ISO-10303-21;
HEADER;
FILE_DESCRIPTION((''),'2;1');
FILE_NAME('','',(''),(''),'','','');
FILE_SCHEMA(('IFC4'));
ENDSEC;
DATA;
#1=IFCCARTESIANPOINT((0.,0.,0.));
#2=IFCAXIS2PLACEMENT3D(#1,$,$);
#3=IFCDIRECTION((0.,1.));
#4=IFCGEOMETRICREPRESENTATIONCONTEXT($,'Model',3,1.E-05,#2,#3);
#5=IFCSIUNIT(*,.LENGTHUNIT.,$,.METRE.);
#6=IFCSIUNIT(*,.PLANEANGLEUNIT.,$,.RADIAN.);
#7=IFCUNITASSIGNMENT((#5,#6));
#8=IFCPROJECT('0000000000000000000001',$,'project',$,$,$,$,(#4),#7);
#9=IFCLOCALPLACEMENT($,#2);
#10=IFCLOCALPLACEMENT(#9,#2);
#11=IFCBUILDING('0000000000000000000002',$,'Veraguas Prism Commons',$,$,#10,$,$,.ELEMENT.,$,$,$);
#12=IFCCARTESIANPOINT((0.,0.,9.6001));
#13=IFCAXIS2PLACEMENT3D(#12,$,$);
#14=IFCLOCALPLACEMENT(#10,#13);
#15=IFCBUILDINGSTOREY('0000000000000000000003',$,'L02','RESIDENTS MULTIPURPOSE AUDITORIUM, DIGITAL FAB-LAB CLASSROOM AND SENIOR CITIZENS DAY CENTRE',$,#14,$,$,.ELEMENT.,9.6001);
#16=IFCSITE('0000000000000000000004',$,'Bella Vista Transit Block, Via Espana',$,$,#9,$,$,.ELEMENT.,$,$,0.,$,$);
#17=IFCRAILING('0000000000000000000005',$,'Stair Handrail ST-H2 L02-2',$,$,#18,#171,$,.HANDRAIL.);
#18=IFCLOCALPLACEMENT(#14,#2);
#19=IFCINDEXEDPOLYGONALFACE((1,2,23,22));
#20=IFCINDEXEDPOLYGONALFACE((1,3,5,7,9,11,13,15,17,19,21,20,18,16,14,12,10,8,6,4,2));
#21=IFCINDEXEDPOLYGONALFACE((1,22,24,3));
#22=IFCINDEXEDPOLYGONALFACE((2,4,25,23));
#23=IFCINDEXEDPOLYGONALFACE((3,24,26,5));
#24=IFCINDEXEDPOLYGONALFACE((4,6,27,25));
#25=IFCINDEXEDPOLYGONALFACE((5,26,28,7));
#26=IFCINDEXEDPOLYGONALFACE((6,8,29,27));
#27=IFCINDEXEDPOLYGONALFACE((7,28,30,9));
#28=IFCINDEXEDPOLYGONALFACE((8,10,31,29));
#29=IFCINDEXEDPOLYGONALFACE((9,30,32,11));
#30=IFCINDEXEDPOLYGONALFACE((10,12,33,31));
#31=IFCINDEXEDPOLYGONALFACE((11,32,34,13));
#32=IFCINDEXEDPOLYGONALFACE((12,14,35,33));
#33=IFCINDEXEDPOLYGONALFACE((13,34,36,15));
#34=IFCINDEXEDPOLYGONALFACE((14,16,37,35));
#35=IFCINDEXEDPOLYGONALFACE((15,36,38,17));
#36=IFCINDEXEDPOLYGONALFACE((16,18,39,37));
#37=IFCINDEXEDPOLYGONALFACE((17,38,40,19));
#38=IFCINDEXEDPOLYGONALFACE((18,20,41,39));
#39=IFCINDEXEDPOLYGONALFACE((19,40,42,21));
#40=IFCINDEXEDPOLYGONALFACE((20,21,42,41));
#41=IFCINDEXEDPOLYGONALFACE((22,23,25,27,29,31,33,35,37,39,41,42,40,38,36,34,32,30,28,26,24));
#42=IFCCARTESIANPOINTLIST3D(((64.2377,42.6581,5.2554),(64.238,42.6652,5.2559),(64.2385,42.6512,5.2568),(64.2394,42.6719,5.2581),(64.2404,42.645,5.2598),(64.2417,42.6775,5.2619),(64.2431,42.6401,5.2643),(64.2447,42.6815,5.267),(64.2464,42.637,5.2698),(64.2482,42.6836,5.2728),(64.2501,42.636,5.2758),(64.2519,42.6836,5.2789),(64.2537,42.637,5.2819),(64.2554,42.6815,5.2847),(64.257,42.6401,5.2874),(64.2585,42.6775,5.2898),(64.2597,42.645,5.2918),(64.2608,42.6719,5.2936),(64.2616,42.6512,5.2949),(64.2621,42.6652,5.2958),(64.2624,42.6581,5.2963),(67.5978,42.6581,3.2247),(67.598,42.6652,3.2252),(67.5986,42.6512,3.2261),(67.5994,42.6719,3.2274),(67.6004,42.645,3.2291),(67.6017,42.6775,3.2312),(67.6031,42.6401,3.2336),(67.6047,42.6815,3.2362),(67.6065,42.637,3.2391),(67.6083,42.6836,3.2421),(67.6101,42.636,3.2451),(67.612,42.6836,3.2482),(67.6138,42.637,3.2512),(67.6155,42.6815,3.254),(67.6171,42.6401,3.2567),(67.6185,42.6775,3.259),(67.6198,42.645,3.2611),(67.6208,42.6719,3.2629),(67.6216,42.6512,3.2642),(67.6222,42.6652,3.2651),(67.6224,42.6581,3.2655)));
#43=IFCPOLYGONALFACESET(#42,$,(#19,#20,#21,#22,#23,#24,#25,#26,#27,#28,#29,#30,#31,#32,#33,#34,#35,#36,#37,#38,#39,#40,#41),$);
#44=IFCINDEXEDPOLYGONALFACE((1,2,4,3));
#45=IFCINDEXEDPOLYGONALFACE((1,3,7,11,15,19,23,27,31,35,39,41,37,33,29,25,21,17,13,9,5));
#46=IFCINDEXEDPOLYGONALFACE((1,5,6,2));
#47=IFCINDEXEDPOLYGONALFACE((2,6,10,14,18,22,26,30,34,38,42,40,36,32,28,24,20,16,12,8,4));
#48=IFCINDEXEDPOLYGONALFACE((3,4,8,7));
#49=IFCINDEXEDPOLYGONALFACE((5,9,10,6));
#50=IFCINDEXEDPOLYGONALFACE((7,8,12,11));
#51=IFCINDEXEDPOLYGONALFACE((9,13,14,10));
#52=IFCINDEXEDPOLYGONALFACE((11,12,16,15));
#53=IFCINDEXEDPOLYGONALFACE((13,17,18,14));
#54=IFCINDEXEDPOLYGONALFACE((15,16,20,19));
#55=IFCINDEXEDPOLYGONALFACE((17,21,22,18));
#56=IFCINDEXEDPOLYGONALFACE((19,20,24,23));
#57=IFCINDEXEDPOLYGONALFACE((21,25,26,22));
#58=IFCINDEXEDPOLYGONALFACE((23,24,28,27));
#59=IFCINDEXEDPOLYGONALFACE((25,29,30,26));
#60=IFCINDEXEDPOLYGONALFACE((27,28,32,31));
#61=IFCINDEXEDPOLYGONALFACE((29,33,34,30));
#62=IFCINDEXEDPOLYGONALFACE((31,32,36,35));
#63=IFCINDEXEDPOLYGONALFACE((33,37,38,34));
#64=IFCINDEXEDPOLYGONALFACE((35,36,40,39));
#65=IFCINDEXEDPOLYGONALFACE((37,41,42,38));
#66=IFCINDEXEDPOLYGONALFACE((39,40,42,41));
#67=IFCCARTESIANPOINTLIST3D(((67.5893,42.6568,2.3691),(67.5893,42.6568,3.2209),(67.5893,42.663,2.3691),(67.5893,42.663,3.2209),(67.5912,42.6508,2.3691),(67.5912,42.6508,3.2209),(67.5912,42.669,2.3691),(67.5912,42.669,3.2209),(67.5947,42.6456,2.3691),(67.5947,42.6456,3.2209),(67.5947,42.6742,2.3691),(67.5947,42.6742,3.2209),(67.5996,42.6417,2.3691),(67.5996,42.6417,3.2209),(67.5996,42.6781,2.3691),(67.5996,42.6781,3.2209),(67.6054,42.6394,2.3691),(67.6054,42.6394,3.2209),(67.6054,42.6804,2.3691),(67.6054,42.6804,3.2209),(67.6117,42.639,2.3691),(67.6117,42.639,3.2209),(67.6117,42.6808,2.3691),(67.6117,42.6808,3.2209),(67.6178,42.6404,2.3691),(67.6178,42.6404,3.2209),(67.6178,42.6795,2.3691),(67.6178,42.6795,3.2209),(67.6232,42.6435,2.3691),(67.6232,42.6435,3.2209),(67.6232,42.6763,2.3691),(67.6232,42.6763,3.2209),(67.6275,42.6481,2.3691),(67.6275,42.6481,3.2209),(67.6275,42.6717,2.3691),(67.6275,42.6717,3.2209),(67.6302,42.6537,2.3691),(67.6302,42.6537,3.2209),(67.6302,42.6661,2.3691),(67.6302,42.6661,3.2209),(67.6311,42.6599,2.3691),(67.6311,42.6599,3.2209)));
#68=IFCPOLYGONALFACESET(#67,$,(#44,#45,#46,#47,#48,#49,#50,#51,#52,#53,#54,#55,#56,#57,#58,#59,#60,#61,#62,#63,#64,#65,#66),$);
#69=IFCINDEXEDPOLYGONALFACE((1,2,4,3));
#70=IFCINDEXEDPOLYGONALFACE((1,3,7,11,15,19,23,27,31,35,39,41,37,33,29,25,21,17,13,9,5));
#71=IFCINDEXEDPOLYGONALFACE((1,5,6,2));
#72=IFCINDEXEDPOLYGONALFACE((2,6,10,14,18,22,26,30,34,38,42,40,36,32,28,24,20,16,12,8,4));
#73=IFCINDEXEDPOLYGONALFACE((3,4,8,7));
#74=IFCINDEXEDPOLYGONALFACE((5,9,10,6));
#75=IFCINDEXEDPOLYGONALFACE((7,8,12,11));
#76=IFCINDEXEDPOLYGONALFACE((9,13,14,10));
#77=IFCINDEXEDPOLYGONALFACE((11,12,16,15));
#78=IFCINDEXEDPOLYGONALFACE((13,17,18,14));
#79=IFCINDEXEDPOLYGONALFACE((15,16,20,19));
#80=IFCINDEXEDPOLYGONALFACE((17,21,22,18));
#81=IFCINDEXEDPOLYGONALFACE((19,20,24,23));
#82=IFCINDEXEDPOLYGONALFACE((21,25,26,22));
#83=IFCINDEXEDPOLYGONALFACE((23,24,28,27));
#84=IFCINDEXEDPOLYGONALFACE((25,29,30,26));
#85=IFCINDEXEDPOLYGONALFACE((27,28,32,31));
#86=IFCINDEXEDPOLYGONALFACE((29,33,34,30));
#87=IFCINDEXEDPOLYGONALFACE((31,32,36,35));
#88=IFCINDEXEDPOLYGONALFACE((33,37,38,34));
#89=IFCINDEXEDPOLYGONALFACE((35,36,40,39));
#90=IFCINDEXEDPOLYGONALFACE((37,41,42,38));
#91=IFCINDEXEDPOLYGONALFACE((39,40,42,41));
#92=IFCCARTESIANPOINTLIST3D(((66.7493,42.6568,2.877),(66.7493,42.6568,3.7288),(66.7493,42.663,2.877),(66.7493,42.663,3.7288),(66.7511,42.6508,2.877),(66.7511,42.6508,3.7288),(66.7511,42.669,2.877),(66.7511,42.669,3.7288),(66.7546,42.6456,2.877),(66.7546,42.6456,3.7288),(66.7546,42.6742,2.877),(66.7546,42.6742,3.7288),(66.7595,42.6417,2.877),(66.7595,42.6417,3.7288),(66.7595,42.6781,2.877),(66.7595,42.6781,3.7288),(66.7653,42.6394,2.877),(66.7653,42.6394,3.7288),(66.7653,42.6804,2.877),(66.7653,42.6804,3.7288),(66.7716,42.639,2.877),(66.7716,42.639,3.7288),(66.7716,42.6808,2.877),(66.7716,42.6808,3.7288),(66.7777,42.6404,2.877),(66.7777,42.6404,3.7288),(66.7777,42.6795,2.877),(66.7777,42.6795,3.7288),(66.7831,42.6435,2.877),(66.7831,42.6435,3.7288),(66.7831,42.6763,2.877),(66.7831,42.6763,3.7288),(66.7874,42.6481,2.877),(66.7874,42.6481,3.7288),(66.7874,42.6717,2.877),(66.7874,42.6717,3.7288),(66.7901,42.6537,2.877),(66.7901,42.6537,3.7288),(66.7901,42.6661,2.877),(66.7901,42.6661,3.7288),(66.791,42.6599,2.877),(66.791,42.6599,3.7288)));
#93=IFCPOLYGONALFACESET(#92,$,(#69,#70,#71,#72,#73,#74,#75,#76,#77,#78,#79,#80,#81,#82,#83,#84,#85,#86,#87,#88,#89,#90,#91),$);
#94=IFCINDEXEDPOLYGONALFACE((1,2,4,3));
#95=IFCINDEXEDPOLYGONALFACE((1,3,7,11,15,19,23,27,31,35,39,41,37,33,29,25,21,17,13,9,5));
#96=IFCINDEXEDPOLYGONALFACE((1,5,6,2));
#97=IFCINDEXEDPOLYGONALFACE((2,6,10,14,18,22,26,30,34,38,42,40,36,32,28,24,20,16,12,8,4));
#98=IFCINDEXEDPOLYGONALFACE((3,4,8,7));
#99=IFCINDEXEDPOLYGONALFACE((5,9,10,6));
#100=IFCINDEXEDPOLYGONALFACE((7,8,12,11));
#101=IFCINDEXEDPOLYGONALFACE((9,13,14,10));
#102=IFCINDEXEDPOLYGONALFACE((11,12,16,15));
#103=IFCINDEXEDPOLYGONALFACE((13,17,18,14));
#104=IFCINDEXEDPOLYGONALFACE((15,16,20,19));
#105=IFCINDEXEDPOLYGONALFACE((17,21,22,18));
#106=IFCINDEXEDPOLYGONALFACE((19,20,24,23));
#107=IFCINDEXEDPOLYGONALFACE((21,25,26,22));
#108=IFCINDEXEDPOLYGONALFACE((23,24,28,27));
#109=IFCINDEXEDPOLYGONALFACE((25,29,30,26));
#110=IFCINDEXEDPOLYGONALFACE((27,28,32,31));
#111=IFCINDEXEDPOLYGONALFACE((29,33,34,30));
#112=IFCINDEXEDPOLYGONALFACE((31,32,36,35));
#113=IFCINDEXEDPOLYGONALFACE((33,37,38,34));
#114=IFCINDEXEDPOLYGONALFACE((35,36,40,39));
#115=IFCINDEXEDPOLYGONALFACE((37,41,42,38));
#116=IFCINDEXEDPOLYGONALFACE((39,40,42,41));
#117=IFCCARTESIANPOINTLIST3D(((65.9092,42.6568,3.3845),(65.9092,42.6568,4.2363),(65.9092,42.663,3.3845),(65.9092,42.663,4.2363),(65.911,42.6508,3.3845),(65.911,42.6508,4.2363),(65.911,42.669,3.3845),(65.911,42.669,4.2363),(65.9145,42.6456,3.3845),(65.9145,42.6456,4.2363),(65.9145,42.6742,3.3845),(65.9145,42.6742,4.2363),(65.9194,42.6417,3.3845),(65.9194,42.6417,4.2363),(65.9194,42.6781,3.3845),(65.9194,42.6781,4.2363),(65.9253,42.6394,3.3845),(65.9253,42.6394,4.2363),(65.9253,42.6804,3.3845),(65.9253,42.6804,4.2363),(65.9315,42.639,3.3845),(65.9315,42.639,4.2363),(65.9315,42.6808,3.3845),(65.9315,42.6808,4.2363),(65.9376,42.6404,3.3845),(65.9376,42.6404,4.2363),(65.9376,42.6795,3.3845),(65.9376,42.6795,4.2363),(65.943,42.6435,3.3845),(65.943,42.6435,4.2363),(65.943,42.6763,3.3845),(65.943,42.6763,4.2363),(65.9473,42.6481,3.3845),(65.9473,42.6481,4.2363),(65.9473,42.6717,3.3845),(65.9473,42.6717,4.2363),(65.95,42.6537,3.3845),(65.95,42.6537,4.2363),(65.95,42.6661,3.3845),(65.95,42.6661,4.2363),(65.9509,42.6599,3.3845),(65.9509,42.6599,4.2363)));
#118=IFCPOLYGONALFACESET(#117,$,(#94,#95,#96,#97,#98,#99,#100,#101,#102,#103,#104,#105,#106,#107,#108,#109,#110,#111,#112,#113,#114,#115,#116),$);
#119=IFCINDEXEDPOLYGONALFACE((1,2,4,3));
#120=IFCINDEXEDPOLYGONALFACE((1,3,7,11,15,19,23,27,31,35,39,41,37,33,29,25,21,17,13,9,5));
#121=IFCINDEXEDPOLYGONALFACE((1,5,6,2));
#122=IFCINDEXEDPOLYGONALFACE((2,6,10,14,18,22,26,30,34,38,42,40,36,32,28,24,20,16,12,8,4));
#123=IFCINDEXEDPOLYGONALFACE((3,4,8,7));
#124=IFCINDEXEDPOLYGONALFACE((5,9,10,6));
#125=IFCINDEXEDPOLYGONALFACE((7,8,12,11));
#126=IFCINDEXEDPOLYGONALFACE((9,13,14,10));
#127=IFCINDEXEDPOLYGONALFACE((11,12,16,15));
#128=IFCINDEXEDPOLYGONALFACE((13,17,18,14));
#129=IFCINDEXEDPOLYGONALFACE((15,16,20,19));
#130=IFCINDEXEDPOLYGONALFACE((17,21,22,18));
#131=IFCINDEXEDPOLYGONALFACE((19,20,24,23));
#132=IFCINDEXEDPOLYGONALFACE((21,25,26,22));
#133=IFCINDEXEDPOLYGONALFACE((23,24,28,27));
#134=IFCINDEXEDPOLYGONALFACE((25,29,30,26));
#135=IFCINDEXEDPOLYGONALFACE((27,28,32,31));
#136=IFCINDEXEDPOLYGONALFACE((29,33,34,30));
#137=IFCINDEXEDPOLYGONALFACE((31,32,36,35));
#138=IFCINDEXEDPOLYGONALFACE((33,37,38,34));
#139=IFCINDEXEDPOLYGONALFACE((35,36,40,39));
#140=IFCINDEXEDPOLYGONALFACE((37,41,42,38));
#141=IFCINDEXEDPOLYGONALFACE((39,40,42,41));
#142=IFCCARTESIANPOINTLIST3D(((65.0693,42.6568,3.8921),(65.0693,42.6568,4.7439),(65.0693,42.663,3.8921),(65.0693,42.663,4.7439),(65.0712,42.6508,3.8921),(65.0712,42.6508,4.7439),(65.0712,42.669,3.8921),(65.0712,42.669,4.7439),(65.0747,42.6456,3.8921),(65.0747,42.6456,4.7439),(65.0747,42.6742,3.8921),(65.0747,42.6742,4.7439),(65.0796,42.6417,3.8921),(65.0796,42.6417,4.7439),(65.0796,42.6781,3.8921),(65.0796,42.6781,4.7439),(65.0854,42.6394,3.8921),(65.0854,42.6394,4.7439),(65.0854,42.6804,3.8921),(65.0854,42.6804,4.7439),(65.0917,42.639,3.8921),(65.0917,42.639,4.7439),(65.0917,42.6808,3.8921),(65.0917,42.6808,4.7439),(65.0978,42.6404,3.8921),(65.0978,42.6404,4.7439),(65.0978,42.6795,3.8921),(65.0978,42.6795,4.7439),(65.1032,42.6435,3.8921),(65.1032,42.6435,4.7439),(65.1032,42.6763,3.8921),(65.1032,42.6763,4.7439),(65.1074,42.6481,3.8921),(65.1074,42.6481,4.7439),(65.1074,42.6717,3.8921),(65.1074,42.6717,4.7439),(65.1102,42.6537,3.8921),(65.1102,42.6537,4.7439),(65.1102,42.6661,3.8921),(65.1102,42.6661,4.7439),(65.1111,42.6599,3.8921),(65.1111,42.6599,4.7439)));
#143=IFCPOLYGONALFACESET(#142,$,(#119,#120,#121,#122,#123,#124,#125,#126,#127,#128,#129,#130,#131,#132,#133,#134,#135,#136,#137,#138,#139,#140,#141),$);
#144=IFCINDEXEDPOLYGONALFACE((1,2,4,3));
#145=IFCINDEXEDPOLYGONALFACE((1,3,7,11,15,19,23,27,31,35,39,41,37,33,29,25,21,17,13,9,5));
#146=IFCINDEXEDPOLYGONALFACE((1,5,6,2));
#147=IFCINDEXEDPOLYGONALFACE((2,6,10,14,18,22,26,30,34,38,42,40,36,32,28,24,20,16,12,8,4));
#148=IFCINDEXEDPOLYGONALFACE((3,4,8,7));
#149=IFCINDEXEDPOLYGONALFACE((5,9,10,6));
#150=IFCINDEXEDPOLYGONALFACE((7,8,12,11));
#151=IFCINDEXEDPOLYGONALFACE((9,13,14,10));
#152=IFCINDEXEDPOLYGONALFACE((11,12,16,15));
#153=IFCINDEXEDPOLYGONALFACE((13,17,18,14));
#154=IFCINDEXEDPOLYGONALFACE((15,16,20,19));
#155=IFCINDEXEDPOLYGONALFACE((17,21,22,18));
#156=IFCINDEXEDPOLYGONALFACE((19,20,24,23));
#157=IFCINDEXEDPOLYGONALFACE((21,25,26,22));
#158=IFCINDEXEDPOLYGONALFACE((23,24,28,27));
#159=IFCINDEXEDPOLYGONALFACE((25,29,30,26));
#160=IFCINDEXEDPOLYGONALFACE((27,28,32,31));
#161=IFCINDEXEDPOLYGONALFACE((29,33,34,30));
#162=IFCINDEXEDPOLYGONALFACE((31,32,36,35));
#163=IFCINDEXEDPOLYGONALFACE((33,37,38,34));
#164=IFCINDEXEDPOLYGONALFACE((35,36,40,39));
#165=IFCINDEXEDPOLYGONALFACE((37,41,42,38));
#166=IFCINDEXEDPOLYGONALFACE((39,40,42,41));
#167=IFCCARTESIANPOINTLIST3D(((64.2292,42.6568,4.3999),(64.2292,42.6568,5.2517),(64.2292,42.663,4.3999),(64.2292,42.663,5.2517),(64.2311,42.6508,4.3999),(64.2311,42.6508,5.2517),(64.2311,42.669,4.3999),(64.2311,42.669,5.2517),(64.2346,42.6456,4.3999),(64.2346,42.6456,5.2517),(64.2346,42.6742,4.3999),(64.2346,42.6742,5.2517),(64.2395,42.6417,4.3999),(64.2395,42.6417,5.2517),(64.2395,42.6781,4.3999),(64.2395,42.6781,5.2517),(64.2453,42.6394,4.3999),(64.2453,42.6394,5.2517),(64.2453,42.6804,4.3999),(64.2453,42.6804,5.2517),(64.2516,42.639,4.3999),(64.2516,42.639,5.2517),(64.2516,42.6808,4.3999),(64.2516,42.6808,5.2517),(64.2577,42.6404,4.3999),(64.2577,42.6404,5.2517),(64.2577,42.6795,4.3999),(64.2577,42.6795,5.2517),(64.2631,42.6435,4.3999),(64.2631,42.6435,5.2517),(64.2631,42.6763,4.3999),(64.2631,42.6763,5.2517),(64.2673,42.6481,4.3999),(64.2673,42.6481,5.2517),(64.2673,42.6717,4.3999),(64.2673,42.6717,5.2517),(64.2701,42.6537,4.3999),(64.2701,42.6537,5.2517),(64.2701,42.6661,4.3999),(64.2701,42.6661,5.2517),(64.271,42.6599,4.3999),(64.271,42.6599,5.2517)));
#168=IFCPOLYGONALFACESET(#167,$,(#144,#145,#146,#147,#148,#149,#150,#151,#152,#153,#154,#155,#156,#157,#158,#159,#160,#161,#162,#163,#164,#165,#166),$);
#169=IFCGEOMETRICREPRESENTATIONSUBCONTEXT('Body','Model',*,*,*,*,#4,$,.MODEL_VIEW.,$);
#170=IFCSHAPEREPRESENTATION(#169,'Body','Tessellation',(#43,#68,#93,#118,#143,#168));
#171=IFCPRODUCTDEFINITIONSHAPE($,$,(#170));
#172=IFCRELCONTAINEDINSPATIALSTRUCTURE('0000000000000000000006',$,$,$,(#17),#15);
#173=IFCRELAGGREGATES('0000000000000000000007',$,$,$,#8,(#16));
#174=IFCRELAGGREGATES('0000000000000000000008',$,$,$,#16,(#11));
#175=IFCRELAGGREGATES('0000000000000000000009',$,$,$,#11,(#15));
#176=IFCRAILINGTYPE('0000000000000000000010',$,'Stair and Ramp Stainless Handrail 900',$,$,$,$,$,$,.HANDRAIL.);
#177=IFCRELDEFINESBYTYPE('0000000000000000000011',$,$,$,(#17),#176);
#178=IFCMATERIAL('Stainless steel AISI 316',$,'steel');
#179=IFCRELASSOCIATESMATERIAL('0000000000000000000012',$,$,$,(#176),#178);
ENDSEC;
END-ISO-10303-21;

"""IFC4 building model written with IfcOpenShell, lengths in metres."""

from ifc_helpers import new_model, si_unit, direction, frame, origin, origin_2d, place, context, subcontext, project, spatial, circle, extrude, material, type_object, element, save


model = new_model("IFC4")

# Units and contexts
model_context = context("Model", 3, precision=1e-05, world=origin(), true_north=direction((0.0, 1.0)))
body_context = subcontext(model_context, "Body", "Model", "MODEL_VIEW")
ifc_project = project(units=[si_unit("LENGTHUNIT", "METRE"), si_unit("PLANEANGLEUNIT", "RADIAN")], contexts=[model_context])

# Site, building, storey
site_placement = place(None, origin())
site = spatial("IfcSite", under=ifc_project, at=site_placement, Name="Bella Vista Transit Block, Via Espana", CompositionType="ELEMENT", RefElevation=0.0)
building_placement = place(site_placement, origin())
building = spatial("IfcBuilding", under=site, at=building_placement, Name="Veraguas Prism Commons", CompositionType="ELEMENT")
storey_placement = place(building_placement, frame((0.0, 0.0, 9.6001)))
storey = spatial("IfcBuildingStorey", under=building, at=storey_placement, Name="L02", Description="RESIDENTS MULTIPURPOSE AUDITORIUM, DIGITAL FAB-LAB CLASSROOM AND SENIOR CITIZENS DAY CENTRE", CompositionType="ELEMENT", Elevation=9.6001)

# Railing
ifc_material_1 = material(Name="Stainless steel AISI 316", Category="steel")
railing_type_1 = type_object("IfcRailingType", Name="Stair and Ramp Stainless Handrail 900", PredefinedType="HANDRAIL", material=ifc_material_1)
railing_1_placement = place(storey_placement, frame((67.6101, 42.6599, 2.3691)))
element("IfcRailing", 1, at=railing_1_placement, inside=storey, type_object=railing_type_1, Name="Stair Handrail ST-H2 L02-2", PredefinedType="HANDRAIL", context=body_context, shape_type="SweptSolid", body=[
    extrude(circle(Radius=0.0239, at=origin_2d()), frame((0.0, 0.0, 0.876), z_axis=(-0.855837, 0.0, 0.517246), x_axis=(0.0, -1.0, 0.0)), (0.0, 0.0, 1.0), 3.926),
    extrude(circle(Radius=0.021, at=origin_2d()), origin(), (0.0, 0.0, 1.0), 0.8518),
    extrude(circle(Radius=0.021, at=origin_2d()), frame((-0.8401, 0.0, 0.5078)), (0.0, 0.0, 1.0), 0.8518),
    extrude(circle(Radius=0.021, at=origin_2d()), frame((-1.6802, 0.0, 1.0154)), (0.0, 0.0, 1.0), 0.8518),
    extrude(circle(Radius=0.021, at=origin_2d()), frame((-2.52, 0.0, 1.5229)), (0.0, 0.0, 1.0), 0.8518),
    extrude(circle(Radius=0.021, at=origin_2d()), frame((-3.3601, 0.0, 2.0308)), (0.0, 0.0, 1.0), 0.8518),
])

save(model, "model.ifc")
